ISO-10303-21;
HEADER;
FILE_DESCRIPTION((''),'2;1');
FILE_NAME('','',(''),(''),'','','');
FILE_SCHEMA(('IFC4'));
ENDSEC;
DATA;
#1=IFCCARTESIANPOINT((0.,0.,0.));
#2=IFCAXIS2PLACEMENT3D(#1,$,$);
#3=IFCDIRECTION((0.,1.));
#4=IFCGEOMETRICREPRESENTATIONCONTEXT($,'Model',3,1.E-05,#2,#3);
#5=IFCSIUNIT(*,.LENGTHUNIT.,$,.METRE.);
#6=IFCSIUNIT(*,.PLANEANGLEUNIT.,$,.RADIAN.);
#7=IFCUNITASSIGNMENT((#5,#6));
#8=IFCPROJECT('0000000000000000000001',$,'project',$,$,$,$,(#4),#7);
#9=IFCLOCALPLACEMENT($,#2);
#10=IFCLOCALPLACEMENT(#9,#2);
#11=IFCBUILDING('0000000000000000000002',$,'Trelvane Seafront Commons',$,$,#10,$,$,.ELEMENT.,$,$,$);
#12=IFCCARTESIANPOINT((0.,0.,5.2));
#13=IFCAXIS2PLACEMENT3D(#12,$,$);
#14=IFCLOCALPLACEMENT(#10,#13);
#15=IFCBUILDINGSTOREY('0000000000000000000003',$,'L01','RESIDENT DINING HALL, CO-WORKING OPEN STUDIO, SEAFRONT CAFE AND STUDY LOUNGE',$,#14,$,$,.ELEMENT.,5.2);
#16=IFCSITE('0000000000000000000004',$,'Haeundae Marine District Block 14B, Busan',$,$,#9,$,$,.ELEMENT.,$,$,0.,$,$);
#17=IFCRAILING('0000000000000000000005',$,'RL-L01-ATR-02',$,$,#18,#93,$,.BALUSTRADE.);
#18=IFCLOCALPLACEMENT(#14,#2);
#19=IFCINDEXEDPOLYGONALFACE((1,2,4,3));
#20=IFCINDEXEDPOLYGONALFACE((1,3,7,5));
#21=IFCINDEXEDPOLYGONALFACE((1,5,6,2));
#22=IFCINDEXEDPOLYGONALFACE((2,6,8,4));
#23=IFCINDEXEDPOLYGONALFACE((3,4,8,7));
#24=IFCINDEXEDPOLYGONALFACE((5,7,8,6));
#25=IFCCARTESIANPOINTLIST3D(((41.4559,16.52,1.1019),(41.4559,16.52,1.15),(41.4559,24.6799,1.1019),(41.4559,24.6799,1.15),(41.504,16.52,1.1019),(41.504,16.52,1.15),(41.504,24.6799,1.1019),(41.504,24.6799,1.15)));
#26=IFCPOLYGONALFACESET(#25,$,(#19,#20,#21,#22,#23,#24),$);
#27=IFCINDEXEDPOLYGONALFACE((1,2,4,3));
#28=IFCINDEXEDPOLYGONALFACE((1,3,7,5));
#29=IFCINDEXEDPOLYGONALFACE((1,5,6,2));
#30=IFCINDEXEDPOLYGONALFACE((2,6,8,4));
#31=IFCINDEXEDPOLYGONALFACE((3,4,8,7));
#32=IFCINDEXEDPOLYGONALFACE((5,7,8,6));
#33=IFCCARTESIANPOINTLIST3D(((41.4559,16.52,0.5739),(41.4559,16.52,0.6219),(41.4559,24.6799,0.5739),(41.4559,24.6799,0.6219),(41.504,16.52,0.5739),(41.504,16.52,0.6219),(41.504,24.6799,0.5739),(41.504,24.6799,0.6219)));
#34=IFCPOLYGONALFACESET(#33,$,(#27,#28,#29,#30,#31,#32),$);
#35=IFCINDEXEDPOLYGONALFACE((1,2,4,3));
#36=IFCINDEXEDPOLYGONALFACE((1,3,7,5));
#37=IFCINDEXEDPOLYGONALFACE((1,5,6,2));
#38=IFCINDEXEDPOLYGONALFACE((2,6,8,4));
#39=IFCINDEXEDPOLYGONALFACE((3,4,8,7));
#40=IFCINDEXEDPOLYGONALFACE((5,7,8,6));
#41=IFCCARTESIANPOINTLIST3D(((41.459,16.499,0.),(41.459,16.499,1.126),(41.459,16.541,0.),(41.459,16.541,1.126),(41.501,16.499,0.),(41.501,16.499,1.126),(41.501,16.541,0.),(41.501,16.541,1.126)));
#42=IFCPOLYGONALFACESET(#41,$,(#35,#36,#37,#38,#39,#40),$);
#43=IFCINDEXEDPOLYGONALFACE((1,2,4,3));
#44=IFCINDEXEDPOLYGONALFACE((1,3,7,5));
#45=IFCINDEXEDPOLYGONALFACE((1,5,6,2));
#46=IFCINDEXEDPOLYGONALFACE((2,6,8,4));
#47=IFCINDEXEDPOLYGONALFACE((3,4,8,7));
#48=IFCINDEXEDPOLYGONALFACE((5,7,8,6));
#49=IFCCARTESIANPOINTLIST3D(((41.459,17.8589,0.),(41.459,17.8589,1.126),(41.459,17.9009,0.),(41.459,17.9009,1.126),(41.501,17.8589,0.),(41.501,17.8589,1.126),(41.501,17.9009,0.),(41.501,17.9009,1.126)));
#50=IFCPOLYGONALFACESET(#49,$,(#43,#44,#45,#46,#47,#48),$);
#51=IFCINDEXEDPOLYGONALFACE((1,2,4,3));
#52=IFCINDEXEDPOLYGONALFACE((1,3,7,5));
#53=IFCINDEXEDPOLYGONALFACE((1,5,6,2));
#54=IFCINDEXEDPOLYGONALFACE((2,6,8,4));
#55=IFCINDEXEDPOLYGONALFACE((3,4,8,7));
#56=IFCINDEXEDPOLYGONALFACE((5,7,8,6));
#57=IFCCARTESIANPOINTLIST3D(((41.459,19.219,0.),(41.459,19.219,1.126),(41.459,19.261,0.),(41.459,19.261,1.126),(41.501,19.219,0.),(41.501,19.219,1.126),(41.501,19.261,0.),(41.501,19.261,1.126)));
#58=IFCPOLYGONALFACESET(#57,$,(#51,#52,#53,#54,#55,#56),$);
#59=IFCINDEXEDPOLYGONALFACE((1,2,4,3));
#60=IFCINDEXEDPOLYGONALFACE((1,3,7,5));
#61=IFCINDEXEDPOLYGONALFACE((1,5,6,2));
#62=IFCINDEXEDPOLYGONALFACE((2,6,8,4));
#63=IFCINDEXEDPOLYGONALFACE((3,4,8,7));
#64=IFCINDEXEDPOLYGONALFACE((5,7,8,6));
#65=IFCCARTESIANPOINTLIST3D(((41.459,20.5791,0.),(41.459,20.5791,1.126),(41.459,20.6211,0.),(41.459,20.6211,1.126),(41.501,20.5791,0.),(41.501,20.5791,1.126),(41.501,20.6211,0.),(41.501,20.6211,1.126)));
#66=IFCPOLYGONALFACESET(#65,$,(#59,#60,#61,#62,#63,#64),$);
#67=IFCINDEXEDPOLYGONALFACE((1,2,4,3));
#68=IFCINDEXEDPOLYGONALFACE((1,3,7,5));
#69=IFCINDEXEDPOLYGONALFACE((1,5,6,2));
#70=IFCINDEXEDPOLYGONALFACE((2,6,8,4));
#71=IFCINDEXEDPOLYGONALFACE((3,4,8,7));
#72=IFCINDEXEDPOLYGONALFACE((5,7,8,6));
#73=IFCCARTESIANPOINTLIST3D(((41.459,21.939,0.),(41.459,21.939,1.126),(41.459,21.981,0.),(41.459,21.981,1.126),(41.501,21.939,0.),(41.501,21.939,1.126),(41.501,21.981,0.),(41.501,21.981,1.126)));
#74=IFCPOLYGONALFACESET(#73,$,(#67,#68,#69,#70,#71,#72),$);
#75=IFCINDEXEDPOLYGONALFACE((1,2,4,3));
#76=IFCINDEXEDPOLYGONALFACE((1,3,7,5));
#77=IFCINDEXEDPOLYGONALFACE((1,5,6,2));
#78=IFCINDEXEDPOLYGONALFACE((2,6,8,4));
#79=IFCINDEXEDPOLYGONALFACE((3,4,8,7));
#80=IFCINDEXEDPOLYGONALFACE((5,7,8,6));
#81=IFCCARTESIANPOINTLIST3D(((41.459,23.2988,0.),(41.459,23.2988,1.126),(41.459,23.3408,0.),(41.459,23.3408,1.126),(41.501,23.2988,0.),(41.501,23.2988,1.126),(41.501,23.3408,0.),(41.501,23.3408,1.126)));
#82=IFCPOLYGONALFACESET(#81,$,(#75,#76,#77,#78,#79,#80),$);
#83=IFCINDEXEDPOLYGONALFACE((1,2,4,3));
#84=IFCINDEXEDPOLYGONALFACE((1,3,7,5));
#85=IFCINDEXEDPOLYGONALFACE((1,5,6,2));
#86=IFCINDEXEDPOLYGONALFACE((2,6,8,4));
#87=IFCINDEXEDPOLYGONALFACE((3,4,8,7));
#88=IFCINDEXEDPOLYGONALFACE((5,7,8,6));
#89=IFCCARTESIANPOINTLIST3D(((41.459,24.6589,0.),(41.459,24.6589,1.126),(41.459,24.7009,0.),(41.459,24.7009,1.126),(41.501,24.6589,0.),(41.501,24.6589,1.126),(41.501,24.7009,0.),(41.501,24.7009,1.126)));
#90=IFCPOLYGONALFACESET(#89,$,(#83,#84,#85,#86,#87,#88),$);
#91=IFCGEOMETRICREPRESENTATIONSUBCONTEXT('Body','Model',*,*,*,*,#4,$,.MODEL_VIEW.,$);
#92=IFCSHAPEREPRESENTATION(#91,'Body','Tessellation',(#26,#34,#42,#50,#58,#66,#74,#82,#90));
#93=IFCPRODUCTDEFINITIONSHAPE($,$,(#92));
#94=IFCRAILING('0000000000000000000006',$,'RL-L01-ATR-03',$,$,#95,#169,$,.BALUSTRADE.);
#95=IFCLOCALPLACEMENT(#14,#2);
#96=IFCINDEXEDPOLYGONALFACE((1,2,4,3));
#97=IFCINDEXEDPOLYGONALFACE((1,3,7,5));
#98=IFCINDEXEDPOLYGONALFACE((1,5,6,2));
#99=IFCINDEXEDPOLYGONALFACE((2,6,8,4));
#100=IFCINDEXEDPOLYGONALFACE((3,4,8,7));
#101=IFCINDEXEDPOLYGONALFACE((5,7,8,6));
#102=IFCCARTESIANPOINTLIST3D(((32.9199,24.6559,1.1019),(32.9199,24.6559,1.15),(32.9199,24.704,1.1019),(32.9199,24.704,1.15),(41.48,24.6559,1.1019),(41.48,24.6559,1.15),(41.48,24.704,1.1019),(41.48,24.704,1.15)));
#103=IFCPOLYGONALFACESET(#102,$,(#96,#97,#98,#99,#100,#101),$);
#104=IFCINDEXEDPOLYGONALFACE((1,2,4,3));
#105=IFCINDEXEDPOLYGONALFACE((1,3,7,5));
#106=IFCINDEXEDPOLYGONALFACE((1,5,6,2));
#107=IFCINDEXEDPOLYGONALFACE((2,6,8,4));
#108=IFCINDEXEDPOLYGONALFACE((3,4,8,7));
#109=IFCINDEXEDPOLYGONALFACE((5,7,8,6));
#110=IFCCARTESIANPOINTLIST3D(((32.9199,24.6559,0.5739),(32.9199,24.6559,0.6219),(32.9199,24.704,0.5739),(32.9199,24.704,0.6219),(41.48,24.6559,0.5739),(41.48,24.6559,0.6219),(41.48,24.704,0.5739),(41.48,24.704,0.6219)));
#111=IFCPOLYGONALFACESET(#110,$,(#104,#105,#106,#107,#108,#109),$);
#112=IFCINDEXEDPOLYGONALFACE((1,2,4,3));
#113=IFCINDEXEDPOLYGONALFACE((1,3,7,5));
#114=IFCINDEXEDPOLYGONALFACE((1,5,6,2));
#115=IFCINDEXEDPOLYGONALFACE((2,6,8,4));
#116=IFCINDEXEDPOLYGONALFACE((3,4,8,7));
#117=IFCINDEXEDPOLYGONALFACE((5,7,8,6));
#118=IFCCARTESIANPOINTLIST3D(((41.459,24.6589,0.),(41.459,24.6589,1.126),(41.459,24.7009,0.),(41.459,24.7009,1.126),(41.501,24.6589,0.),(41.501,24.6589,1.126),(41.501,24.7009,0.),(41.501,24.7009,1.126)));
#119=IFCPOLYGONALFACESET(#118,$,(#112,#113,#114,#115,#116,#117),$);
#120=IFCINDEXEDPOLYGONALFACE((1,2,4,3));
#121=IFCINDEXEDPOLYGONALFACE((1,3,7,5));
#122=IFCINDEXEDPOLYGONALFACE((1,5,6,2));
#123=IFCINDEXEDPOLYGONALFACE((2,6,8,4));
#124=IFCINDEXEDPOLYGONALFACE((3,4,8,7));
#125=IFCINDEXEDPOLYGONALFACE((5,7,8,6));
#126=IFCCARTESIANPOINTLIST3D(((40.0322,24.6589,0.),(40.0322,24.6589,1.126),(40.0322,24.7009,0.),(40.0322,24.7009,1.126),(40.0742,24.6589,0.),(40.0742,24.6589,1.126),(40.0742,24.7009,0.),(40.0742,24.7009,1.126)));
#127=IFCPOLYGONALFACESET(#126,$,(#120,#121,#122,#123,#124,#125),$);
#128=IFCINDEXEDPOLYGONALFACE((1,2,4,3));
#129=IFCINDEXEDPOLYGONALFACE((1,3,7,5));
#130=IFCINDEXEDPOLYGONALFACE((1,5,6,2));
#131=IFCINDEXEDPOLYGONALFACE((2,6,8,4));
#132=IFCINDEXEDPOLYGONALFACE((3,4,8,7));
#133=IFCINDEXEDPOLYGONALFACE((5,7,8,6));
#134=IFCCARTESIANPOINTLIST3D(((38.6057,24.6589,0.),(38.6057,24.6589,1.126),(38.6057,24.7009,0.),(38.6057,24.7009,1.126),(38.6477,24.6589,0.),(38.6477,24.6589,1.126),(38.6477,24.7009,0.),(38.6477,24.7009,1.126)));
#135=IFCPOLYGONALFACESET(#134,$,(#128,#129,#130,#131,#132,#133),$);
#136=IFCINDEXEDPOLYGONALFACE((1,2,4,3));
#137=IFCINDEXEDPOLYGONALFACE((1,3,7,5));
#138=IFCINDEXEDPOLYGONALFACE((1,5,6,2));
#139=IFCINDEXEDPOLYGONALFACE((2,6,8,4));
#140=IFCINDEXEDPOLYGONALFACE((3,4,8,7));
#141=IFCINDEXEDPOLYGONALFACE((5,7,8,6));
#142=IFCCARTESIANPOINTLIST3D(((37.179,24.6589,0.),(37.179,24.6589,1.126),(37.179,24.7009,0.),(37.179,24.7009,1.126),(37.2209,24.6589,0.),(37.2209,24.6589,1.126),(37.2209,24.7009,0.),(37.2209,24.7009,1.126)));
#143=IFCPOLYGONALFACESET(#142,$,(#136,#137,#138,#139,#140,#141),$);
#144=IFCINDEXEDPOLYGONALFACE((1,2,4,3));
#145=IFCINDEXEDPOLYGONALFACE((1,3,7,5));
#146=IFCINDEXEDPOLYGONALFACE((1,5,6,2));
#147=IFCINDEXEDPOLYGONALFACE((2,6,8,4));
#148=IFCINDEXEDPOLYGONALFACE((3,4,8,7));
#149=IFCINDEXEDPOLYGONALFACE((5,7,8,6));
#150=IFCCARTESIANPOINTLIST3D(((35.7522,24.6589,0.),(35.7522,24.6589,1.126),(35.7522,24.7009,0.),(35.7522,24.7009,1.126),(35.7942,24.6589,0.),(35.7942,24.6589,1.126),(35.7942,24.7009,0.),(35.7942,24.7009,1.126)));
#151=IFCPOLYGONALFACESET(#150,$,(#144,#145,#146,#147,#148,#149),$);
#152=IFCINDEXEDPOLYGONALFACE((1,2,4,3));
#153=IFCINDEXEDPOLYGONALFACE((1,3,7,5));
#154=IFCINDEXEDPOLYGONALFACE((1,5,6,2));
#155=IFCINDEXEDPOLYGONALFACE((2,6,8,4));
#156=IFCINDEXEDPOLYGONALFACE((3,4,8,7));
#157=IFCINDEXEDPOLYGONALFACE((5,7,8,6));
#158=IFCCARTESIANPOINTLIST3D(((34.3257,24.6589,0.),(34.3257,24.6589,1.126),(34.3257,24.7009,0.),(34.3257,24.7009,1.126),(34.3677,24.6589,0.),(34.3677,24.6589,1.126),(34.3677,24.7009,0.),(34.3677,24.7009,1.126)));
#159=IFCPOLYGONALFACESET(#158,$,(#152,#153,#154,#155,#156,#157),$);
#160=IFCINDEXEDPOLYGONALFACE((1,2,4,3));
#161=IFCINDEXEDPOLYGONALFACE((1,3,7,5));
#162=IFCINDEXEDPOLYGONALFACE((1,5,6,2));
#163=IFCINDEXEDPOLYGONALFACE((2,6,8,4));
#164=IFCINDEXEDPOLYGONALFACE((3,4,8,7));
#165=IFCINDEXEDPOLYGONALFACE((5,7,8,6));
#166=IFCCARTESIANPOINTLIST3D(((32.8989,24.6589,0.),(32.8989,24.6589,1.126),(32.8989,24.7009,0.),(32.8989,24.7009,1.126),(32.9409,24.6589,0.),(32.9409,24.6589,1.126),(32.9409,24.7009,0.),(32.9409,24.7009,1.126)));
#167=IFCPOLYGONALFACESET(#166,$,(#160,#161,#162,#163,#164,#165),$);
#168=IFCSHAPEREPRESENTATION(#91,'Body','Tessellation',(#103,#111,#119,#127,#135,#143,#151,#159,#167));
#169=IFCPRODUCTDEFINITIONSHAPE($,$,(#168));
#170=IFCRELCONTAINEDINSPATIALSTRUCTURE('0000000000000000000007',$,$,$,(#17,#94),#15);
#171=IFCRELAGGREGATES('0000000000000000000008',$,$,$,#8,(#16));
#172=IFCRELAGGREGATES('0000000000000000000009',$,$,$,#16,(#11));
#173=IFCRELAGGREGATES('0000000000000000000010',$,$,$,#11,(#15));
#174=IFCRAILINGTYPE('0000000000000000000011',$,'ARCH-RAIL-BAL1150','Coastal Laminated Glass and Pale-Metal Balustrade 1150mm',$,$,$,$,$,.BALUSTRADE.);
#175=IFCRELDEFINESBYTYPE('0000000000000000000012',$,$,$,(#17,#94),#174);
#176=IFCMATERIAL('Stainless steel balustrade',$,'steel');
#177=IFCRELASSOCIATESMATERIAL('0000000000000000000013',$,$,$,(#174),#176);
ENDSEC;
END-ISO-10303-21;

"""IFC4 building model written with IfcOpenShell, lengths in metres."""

from ifc_helpers import new_model, si_unit, direction, frame, origin, origin_2d, place, context, subcontext, project, spatial, rectangle, extrude, material, type_object, element, save


model = new_model("IFC4")

# Units and contexts
model_context = context("Model", 3, precision=1e-05, world=origin(), true_north=direction((0.0, 1.0)))
body_context = subcontext(model_context, "Body", "Model", "MODEL_VIEW")
ifc_project = project(units=[si_unit("LENGTHUNIT", "METRE"), si_unit("PLANEANGLEUNIT", "RADIAN")], contexts=[model_context])

# Site, building, storey
site_placement = place(None, origin())
site = spatial("IfcSite", under=ifc_project, at=site_placement, Name="Haeundae Marine District Block 14B, Busan", CompositionType="ELEMENT", RefElevation=0.0)
building_placement = place(site_placement, origin())
building = spatial("IfcBuilding", under=site, at=building_placement, Name="Trelvane Seafront Commons", CompositionType="ELEMENT")
storey_placement = place(building_placement, frame((0.0, 0.0, 5.2)))
storey = spatial("IfcBuildingStorey", under=building, at=storey_placement, Name="L01", Description="RESIDENT DINING HALL, CO-WORKING OPEN STUDIO, SEAFRONT CAFE AND STUDY LOUNGE", CompositionType="ELEMENT", Elevation=5.2)

# Railings
ifc_material_1 = material(Name="Stainless steel balustrade", Category="steel")
railing_type = type_object("IfcRailingType", Name="ARCH-RAIL-BAL1150", Description="Coastal Laminated Glass and Pale-Metal Balustrade 1150mm", PredefinedType="BALUSTRADE", material=ifc_material_1)
railing_1_placement = place(storey_placement, frame((41.48, 16.52, 0.0)))
element("IfcRailing", 1, at=railing_1_placement, inside=storey, type_object=railing_type, Name="RL-L01-ATR-02", PredefinedType="BALUSTRADE", context=body_context, shape_type="SweptSolid", body=[
    extrude(rectangle(XDim=0.0481, YDim=0.0481, at=origin_2d()), frame((0.0, 0.0, 1.126), z_axis=(0.0, 1.0, 0.0), x_axis=(-1.0, 0.0, 0.0)), (0.0, 0.0, 1.0), 8.1599),
    extrude(rectangle(XDim=0.0481, YDim=0.0481, at=origin_2d()), frame((0.0, 0.0, 0.5979), z_axis=(0.0, 1.0, 0.0), x_axis=(-1.0, 0.0, 0.0)), (0.0, 0.0, 1.0), 8.1599),
    extrude(rectangle(XDim=0.042, YDim=0.042, at=origin_2d()), origin(), (0.0, 0.0, 1.0), 1.126),
    extrude(rectangle(XDim=0.042, YDim=0.042, at=origin_2d()), frame((0.0, 1.3599, 0.0)), (0.0, 0.0, 1.0), 1.126),
    extrude(rectangle(XDim=0.042, YDim=0.042, at=origin_2d()), frame((0.0, 2.72, 0.0)), (0.0, 0.0, 1.0), 1.126),
    extrude(rectangle(XDim=0.042, YDim=0.042, at=origin_2d()), frame((0.0, 4.0801, 0.0)), (0.0, 0.0, 1.0), 1.126),
    extrude(rectangle(XDim=0.042, YDim=0.042, at=origin_2d()), frame((0.0, 5.4399, 0.0)), (0.0, 0.0, 1.0), 1.126),
    extrude(rectangle(XDim=0.042, YDim=0.042, at=origin_2d()), frame((0.0, 6.7998, 0.0)), (0.0, 0.0, 1.0), 1.126),
    extrude(rectangle(XDim=0.042, YDim=0.042, at=origin_2d()), frame((0.0, 8.1599, 0.0)), (0.0, 0.0, 1.0), 1.126),
])
railing_2_placement = place(storey_placement, frame((41.48, 24.6799, 0.0)))
element("IfcRailing", 2, at=railing_2_placement, inside=storey, type_object=railing_type, Name="RL-L01-ATR-03", PredefinedType="BALUSTRADE", context=body_context, shape_type="SweptSolid", body=[
    extrude(rectangle(XDim=0.0481, YDim=0.0481, at=origin_2d()), frame((0.0, 0.0, 1.126), z_axis=(-1.0, 0.0, 0.0), x_axis=(0.0, -1.0, 0.0)), (0.0, 0.0, 1.0), 8.5601),
    extrude(rectangle(XDim=0.0481, YDim=0.0481, at=origin_2d()), frame((0.0, 0.0, 0.5979), z_axis=(-1.0, 0.0, 0.0), x_axis=(0.0, -1.0, 0.0)), (0.0, 0.0, 1.0), 8.5601),
    extrude(rectangle(XDim=0.042, YDim=0.042, at=origin_2d()), origin(), (0.0, 0.0, 1.0), 1.126),
    extrude(rectangle(XDim=0.042, YDim=0.042, at=origin_2d()), frame((-1.4268, 0.0, 0.0)), (0.0, 0.0, 1.0), 1.126),
    extrude(rectangle(XDim=0.042, YDim=0.042, at=origin_2d()), frame((-2.8533, 0.0, 0.0)), (0.0, 0.0, 1.0), 1.126),
    extrude(rectangle(XDim=0.042, YDim=0.042, at=origin_2d()), frame((-4.28, 0.0, 0.0)), (0.0, 0.0, 1.0), 1.126),
    extrude(rectangle(XDim=0.042, YDim=0.042, at=origin_2d()), frame((-5.7068, 0.0, 0.0)), (0.0, 0.0, 1.0), 1.126),
    extrude(rectangle(XDim=0.042, YDim=0.042, at=origin_2d()), frame((-7.1333, 0.0, 0.0)), (0.0, 0.0, 1.0), 1.126),
    extrude(rectangle(XDim=0.042, YDim=0.042, at=origin_2d()), frame((-8.5601, 0.0, 0.0)), (0.0, 0.0, 1.0), 1.126),
])

save(model, "model.ifc")
